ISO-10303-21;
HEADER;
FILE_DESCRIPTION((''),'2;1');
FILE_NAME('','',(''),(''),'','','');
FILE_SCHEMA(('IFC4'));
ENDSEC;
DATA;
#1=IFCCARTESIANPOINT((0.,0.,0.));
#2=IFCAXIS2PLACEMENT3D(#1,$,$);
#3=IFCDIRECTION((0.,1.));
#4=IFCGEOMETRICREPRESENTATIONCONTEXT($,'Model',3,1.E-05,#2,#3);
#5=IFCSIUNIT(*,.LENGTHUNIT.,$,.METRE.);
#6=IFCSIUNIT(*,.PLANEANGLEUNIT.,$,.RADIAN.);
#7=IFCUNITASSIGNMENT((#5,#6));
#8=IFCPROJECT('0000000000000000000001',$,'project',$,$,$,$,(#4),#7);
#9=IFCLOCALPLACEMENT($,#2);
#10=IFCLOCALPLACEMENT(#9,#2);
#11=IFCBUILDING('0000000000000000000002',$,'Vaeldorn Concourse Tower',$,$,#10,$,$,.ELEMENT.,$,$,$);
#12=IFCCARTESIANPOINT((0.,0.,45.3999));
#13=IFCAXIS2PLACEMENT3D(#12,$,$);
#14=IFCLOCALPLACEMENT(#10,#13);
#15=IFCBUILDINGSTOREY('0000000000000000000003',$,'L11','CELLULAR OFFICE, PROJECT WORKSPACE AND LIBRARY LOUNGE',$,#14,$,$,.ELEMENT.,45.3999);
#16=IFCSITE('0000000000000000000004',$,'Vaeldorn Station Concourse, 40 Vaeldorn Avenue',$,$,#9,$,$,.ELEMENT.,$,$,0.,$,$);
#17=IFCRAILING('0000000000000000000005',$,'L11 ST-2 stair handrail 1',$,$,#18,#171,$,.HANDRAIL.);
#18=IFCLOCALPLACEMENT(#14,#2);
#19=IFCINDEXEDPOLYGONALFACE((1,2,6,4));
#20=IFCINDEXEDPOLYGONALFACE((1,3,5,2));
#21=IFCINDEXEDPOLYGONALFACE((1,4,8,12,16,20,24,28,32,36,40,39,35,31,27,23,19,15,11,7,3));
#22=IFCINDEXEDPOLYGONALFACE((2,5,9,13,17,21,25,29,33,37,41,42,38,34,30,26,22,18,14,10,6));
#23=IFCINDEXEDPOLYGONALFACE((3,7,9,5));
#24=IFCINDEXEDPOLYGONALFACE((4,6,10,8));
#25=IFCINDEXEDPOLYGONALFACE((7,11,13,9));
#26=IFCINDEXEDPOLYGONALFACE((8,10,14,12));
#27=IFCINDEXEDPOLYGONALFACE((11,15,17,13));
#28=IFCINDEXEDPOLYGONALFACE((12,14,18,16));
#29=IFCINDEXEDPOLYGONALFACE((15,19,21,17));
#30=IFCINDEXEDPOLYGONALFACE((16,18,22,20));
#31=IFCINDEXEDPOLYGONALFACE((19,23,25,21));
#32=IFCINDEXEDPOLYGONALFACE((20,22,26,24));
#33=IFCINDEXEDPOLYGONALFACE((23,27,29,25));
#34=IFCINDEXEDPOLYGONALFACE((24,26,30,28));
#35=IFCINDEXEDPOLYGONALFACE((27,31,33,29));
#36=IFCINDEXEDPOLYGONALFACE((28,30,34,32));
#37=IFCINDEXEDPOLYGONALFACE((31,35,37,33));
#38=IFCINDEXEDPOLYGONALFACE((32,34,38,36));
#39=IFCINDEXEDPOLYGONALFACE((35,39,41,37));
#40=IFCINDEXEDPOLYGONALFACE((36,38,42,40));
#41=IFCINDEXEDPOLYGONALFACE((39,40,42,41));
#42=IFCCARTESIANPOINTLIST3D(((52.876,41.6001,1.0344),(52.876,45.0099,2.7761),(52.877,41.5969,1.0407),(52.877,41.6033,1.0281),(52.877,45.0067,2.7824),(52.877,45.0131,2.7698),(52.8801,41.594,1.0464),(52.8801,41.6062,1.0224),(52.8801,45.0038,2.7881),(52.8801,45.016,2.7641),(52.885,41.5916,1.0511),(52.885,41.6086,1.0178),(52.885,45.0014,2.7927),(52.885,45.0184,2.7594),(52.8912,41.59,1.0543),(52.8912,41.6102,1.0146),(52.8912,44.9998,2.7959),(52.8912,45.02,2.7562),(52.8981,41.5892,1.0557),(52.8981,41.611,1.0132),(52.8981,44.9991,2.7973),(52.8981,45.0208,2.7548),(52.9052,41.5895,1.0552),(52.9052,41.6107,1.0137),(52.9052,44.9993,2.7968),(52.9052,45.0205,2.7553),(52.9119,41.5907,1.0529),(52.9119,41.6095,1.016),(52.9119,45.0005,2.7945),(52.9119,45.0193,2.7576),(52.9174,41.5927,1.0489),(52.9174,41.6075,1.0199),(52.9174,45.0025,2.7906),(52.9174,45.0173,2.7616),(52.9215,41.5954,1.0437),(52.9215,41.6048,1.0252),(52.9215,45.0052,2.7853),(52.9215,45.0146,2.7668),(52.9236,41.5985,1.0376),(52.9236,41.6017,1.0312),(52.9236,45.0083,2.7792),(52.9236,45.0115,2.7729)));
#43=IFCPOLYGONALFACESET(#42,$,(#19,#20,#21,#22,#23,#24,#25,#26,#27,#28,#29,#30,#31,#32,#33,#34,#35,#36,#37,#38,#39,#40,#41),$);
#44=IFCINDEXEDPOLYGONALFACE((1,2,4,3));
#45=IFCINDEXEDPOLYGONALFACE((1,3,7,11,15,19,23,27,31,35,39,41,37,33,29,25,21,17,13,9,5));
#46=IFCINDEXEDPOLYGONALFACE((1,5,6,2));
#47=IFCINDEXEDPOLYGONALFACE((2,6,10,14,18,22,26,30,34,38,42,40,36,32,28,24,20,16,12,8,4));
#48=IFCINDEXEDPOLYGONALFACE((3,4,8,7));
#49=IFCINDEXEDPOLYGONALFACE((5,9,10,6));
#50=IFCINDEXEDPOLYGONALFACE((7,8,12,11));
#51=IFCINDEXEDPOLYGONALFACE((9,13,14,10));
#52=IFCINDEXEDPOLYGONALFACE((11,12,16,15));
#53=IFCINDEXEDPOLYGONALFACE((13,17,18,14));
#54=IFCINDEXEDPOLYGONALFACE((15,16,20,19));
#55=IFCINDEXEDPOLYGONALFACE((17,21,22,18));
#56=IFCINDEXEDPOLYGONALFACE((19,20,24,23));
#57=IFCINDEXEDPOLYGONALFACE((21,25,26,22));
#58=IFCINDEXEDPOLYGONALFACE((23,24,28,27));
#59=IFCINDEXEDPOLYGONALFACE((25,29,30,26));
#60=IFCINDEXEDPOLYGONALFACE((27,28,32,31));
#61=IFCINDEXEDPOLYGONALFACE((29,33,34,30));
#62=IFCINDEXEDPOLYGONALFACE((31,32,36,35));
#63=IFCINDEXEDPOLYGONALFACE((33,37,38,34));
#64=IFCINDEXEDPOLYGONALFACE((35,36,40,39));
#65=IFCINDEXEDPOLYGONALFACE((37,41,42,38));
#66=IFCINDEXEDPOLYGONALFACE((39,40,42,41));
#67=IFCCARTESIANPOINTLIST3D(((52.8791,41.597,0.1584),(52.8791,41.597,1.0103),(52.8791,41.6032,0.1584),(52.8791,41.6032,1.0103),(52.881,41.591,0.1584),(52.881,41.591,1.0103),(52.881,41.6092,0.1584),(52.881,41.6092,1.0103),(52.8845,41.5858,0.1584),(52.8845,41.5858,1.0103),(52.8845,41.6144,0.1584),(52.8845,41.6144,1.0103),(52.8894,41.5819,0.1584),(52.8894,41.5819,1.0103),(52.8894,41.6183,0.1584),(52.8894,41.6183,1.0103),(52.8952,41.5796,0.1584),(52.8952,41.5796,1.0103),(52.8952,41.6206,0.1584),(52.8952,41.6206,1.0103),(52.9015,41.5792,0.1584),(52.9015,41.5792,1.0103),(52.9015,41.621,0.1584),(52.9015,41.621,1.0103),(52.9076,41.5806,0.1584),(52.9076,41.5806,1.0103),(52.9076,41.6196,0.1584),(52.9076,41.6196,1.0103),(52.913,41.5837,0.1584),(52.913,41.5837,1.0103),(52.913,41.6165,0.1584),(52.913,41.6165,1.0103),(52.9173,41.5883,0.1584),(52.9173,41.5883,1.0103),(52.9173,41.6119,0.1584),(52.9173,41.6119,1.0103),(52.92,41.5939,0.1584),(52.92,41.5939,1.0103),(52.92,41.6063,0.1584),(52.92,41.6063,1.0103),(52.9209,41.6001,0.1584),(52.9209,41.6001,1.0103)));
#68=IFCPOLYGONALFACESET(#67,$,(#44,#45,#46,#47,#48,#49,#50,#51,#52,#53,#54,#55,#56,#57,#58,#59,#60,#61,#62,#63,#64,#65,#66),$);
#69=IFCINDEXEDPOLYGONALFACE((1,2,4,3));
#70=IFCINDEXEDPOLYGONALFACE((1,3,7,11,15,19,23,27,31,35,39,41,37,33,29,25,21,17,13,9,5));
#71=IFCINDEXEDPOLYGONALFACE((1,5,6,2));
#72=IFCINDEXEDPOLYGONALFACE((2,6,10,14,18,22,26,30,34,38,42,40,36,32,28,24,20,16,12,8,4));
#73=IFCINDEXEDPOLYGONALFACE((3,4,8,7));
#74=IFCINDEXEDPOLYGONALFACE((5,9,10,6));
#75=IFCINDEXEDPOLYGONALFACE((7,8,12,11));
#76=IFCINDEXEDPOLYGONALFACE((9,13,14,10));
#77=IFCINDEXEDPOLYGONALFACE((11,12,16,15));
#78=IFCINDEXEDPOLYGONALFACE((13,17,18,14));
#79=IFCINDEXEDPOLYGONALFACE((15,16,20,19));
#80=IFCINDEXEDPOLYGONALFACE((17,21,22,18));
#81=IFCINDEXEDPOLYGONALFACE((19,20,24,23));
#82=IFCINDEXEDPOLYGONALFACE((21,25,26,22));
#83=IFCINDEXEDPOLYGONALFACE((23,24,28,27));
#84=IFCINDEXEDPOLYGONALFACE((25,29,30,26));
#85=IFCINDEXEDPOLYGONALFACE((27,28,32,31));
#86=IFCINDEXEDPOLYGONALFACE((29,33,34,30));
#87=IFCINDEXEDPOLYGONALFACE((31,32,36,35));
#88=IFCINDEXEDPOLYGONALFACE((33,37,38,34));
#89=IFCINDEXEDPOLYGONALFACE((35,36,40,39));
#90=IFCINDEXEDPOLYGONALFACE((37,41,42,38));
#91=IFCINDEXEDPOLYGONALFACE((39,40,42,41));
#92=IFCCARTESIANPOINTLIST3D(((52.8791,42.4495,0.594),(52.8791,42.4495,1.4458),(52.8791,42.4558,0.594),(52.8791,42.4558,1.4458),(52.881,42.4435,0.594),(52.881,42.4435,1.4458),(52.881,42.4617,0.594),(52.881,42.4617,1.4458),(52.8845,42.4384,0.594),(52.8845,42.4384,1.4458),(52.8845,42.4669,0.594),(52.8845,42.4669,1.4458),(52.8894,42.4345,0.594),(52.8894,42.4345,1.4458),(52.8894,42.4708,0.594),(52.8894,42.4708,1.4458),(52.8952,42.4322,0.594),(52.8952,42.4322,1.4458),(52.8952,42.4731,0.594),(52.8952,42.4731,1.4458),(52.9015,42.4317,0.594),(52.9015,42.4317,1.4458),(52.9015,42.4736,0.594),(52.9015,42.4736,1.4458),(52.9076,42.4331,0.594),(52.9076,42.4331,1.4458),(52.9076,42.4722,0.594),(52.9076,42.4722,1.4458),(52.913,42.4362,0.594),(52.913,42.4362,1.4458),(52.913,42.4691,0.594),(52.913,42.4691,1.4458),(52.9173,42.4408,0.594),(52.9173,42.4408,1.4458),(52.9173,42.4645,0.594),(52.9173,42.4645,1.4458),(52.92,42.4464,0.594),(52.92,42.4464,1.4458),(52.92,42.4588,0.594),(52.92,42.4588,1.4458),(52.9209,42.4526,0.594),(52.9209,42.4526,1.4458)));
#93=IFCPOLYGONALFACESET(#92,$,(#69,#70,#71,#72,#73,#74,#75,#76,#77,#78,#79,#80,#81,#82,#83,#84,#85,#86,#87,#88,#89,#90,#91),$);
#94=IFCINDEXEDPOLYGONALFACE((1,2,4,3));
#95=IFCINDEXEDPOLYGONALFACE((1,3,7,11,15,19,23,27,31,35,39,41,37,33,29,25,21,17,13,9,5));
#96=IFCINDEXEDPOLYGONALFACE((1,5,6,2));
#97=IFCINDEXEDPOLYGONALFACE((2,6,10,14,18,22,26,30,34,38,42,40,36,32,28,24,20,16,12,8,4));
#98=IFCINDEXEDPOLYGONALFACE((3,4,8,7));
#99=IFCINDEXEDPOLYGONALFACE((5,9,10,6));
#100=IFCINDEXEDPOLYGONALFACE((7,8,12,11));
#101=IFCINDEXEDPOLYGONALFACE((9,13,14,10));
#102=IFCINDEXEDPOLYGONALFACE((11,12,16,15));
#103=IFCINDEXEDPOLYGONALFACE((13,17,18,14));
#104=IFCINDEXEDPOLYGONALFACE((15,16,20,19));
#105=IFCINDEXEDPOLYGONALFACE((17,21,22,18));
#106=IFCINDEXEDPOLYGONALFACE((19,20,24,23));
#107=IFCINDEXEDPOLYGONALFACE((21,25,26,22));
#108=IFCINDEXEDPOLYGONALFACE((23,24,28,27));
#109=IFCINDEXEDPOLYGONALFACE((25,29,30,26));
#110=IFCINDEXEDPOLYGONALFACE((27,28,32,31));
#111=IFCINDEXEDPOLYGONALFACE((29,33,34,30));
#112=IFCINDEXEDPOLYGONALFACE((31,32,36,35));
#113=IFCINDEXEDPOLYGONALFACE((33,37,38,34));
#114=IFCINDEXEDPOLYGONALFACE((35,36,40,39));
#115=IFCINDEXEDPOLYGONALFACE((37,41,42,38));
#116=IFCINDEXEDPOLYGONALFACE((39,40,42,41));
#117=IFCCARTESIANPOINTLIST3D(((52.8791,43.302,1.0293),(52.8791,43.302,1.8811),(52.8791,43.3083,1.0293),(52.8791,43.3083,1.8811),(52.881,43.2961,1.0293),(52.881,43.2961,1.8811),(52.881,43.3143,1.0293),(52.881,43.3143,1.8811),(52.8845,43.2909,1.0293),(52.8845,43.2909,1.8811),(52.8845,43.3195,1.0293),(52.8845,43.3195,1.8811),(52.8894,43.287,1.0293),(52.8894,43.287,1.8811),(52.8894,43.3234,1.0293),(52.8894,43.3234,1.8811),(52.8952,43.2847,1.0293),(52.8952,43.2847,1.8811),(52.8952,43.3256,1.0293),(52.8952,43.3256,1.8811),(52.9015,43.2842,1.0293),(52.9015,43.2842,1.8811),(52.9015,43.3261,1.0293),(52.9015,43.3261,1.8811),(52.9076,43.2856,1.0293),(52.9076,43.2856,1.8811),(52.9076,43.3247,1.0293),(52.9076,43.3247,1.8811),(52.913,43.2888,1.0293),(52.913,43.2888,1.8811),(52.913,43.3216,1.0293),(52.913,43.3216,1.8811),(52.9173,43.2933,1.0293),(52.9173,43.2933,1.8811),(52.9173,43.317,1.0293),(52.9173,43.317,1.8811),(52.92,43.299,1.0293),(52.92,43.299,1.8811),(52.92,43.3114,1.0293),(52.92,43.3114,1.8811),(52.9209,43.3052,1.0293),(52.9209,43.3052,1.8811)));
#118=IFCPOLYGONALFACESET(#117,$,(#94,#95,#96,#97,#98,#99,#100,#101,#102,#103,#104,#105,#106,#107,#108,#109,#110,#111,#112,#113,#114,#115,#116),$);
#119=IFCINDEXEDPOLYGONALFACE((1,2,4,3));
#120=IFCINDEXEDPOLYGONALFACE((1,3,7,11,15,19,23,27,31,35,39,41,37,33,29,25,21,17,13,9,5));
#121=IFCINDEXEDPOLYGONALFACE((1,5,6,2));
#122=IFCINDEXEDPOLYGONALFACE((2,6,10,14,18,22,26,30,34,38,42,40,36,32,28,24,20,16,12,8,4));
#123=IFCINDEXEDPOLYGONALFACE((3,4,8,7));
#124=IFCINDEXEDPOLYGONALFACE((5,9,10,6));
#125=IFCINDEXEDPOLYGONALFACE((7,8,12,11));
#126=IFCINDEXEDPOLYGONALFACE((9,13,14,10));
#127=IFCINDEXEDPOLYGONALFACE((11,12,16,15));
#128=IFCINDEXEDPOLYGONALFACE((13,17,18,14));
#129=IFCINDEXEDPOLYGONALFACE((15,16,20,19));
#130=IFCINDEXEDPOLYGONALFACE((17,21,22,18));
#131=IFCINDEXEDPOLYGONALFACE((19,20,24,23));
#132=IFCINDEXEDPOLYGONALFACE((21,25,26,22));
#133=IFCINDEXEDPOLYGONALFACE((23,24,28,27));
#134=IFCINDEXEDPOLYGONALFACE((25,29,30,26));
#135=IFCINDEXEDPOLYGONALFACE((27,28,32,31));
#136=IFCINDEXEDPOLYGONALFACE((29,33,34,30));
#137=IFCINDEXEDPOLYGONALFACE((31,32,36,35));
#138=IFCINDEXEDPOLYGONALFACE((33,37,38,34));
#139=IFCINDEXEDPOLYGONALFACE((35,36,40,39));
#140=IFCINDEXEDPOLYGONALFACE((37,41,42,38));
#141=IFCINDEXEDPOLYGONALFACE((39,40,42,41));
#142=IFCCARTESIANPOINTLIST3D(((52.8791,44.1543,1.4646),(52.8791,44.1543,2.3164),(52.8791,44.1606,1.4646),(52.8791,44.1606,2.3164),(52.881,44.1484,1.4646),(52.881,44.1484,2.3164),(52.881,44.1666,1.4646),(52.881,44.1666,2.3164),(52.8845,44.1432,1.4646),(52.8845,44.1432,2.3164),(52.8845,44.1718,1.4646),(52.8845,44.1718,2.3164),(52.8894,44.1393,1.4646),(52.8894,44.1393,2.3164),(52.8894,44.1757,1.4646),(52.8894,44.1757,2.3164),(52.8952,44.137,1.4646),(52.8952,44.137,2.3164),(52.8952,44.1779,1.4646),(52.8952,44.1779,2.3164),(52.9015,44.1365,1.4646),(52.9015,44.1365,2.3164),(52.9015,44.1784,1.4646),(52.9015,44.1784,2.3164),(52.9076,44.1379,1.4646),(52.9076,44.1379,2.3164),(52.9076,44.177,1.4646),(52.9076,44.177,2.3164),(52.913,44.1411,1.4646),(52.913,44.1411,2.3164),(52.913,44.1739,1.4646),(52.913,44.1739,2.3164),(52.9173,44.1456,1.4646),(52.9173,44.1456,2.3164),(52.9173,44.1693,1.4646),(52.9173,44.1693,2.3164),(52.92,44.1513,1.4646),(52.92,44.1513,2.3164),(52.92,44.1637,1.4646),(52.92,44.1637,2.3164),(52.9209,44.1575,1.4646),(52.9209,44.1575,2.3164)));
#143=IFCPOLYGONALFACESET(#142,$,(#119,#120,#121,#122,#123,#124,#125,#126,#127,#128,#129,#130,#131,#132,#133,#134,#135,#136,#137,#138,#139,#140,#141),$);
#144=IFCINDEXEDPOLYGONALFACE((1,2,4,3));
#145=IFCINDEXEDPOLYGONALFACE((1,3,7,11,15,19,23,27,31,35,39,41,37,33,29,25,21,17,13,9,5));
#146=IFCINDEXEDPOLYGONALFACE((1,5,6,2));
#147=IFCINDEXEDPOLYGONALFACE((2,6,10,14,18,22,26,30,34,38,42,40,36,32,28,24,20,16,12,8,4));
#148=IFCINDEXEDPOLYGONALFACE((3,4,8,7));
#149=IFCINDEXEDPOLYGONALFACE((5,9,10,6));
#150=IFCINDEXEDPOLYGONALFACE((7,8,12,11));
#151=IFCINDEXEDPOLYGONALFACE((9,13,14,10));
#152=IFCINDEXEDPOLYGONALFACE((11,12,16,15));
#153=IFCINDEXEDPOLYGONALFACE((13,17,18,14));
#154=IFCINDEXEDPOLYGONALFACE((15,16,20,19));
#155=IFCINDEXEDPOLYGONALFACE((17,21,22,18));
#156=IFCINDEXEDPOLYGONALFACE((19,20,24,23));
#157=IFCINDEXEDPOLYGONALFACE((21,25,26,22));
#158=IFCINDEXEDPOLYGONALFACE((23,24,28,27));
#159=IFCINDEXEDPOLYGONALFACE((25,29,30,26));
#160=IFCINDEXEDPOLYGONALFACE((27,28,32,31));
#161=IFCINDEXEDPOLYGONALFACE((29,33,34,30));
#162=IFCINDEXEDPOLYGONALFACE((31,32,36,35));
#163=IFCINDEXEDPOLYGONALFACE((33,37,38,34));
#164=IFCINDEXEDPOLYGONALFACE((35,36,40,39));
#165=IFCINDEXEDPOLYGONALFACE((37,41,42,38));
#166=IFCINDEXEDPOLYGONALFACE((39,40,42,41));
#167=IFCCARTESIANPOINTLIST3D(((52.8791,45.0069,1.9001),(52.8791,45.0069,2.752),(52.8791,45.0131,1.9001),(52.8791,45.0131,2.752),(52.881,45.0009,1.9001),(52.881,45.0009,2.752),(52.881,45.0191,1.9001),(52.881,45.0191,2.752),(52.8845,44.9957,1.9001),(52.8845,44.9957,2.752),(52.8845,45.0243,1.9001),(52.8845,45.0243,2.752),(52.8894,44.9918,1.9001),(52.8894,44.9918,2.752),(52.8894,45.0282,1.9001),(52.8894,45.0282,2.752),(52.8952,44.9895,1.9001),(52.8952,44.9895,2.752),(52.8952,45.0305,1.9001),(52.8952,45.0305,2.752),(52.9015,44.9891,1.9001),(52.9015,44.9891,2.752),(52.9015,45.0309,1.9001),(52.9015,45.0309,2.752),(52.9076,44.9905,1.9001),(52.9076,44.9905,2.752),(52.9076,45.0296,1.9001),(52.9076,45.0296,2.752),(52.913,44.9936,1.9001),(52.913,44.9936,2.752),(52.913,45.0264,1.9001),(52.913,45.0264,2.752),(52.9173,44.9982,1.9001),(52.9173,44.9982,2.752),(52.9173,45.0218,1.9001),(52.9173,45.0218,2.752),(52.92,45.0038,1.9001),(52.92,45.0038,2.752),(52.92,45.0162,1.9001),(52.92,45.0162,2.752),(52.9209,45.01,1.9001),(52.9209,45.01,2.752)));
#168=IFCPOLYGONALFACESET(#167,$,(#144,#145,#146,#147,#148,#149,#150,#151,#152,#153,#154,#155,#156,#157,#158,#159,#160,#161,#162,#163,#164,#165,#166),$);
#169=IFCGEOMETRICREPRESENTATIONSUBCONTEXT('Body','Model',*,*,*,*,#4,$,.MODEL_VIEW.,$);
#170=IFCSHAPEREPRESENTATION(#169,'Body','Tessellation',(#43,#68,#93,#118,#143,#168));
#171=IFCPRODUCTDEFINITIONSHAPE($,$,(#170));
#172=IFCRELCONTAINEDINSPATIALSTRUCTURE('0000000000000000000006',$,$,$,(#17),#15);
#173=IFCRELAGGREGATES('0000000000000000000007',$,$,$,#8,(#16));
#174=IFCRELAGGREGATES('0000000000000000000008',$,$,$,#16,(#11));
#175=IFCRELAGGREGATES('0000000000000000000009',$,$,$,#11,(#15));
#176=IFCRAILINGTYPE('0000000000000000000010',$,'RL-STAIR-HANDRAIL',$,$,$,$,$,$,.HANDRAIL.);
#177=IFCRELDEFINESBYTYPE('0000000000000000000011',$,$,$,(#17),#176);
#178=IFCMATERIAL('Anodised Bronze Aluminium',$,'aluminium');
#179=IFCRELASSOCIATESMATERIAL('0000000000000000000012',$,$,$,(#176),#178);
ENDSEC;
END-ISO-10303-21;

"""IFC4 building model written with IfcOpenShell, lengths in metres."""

from ifc_helpers import new_model, si_unit, direction, frame, origin, origin_2d, place, context, subcontext, project, spatial, circle, extrude, material, type_object, element, save


model = new_model("IFC4")

# Units and contexts
model_context = context("Model", 3, precision=1e-05, world=origin(), true_north=direction((0.0, 1.0)))
body_context = subcontext(model_context, "Body", "Model", "MODEL_VIEW")
ifc_project = project(units=[si_unit("LENGTHUNIT", "METRE"), si_unit("PLANEANGLEUNIT", "RADIAN")], contexts=[model_context])

# Site, building, storey
site_placement = place(None, origin())
site = spatial("IfcSite", under=ifc_project, at=site_placement, Name="Vaeldorn Station Concourse, 40 Vaeldorn Avenue", CompositionType="ELEMENT", RefElevation=0.0)
building_placement = place(site_placement, origin())
building = spatial("IfcBuilding", under=site, at=building_placement, Name="Vaeldorn Concourse Tower", CompositionType="ELEMENT")
storey_placement = place(building_placement, frame((0.0, 0.0, 45.3999)))
storey = spatial("IfcBuildingStorey", under=building, at=storey_placement, Name="L11", Description="CELLULAR OFFICE, PROJECT WORKSPACE AND LIBRARY LOUNGE", CompositionType="ELEMENT", Elevation=45.3999)

# Shared definitions
ifc_material_1 = material(Name="Anodised Bronze Aluminium", Category="aluminium")

# Railing
railing_type_1 = type_object("IfcRailingType", Name="RL-STAIR-HANDRAIL", PredefinedType="HANDRAIL", material=ifc_material_1)
railing_1_placement = place(storey_placement, frame((52.8999, 41.6001, 0.1584)))
element("IfcRailing", 1, at=railing_1_placement, inside=storey, type_object=railing_type_1, Name="L11 ST-2 stair handrail 1", PredefinedType="HANDRAIL", context=body_context, shape_type="SweptSolid", body=[
    extrude(circle(Radius=0.0239, at=origin_2d()), frame((0.0, 0.0, 0.876), z_axis=(0.0, 0.890556, 0.454874), x_axis=(-1.0, 0.0, 0.0)), (0.0, 0.0, 1.0), 3.8289),
    extrude(circle(Radius=0.021, at=origin_2d()), origin(), (0.0, 0.0, 1.0), 0.8518),
    extrude(circle(Radius=0.021, at=origin_2d()), frame((0.0, 0.8525, 0.4355)), (0.0, 0.0, 1.0), 0.8518),
    extrude(circle(Radius=0.021, at=origin_2d()), frame((0.0, 1.7051, 0.8708)), (0.0, 0.0, 1.0), 0.8518),
    extrude(circle(Radius=0.021, at=origin_2d()), frame((0.0, 2.5574, 1.3062)), (0.0, 0.0, 1.0), 0.8518),
    extrude(circle(Radius=0.021, at=origin_2d()), frame((0.0, 3.4099, 1.7417)), (0.0, 0.0, 1.0), 0.8518),
])

save(model, "model.ifc")
